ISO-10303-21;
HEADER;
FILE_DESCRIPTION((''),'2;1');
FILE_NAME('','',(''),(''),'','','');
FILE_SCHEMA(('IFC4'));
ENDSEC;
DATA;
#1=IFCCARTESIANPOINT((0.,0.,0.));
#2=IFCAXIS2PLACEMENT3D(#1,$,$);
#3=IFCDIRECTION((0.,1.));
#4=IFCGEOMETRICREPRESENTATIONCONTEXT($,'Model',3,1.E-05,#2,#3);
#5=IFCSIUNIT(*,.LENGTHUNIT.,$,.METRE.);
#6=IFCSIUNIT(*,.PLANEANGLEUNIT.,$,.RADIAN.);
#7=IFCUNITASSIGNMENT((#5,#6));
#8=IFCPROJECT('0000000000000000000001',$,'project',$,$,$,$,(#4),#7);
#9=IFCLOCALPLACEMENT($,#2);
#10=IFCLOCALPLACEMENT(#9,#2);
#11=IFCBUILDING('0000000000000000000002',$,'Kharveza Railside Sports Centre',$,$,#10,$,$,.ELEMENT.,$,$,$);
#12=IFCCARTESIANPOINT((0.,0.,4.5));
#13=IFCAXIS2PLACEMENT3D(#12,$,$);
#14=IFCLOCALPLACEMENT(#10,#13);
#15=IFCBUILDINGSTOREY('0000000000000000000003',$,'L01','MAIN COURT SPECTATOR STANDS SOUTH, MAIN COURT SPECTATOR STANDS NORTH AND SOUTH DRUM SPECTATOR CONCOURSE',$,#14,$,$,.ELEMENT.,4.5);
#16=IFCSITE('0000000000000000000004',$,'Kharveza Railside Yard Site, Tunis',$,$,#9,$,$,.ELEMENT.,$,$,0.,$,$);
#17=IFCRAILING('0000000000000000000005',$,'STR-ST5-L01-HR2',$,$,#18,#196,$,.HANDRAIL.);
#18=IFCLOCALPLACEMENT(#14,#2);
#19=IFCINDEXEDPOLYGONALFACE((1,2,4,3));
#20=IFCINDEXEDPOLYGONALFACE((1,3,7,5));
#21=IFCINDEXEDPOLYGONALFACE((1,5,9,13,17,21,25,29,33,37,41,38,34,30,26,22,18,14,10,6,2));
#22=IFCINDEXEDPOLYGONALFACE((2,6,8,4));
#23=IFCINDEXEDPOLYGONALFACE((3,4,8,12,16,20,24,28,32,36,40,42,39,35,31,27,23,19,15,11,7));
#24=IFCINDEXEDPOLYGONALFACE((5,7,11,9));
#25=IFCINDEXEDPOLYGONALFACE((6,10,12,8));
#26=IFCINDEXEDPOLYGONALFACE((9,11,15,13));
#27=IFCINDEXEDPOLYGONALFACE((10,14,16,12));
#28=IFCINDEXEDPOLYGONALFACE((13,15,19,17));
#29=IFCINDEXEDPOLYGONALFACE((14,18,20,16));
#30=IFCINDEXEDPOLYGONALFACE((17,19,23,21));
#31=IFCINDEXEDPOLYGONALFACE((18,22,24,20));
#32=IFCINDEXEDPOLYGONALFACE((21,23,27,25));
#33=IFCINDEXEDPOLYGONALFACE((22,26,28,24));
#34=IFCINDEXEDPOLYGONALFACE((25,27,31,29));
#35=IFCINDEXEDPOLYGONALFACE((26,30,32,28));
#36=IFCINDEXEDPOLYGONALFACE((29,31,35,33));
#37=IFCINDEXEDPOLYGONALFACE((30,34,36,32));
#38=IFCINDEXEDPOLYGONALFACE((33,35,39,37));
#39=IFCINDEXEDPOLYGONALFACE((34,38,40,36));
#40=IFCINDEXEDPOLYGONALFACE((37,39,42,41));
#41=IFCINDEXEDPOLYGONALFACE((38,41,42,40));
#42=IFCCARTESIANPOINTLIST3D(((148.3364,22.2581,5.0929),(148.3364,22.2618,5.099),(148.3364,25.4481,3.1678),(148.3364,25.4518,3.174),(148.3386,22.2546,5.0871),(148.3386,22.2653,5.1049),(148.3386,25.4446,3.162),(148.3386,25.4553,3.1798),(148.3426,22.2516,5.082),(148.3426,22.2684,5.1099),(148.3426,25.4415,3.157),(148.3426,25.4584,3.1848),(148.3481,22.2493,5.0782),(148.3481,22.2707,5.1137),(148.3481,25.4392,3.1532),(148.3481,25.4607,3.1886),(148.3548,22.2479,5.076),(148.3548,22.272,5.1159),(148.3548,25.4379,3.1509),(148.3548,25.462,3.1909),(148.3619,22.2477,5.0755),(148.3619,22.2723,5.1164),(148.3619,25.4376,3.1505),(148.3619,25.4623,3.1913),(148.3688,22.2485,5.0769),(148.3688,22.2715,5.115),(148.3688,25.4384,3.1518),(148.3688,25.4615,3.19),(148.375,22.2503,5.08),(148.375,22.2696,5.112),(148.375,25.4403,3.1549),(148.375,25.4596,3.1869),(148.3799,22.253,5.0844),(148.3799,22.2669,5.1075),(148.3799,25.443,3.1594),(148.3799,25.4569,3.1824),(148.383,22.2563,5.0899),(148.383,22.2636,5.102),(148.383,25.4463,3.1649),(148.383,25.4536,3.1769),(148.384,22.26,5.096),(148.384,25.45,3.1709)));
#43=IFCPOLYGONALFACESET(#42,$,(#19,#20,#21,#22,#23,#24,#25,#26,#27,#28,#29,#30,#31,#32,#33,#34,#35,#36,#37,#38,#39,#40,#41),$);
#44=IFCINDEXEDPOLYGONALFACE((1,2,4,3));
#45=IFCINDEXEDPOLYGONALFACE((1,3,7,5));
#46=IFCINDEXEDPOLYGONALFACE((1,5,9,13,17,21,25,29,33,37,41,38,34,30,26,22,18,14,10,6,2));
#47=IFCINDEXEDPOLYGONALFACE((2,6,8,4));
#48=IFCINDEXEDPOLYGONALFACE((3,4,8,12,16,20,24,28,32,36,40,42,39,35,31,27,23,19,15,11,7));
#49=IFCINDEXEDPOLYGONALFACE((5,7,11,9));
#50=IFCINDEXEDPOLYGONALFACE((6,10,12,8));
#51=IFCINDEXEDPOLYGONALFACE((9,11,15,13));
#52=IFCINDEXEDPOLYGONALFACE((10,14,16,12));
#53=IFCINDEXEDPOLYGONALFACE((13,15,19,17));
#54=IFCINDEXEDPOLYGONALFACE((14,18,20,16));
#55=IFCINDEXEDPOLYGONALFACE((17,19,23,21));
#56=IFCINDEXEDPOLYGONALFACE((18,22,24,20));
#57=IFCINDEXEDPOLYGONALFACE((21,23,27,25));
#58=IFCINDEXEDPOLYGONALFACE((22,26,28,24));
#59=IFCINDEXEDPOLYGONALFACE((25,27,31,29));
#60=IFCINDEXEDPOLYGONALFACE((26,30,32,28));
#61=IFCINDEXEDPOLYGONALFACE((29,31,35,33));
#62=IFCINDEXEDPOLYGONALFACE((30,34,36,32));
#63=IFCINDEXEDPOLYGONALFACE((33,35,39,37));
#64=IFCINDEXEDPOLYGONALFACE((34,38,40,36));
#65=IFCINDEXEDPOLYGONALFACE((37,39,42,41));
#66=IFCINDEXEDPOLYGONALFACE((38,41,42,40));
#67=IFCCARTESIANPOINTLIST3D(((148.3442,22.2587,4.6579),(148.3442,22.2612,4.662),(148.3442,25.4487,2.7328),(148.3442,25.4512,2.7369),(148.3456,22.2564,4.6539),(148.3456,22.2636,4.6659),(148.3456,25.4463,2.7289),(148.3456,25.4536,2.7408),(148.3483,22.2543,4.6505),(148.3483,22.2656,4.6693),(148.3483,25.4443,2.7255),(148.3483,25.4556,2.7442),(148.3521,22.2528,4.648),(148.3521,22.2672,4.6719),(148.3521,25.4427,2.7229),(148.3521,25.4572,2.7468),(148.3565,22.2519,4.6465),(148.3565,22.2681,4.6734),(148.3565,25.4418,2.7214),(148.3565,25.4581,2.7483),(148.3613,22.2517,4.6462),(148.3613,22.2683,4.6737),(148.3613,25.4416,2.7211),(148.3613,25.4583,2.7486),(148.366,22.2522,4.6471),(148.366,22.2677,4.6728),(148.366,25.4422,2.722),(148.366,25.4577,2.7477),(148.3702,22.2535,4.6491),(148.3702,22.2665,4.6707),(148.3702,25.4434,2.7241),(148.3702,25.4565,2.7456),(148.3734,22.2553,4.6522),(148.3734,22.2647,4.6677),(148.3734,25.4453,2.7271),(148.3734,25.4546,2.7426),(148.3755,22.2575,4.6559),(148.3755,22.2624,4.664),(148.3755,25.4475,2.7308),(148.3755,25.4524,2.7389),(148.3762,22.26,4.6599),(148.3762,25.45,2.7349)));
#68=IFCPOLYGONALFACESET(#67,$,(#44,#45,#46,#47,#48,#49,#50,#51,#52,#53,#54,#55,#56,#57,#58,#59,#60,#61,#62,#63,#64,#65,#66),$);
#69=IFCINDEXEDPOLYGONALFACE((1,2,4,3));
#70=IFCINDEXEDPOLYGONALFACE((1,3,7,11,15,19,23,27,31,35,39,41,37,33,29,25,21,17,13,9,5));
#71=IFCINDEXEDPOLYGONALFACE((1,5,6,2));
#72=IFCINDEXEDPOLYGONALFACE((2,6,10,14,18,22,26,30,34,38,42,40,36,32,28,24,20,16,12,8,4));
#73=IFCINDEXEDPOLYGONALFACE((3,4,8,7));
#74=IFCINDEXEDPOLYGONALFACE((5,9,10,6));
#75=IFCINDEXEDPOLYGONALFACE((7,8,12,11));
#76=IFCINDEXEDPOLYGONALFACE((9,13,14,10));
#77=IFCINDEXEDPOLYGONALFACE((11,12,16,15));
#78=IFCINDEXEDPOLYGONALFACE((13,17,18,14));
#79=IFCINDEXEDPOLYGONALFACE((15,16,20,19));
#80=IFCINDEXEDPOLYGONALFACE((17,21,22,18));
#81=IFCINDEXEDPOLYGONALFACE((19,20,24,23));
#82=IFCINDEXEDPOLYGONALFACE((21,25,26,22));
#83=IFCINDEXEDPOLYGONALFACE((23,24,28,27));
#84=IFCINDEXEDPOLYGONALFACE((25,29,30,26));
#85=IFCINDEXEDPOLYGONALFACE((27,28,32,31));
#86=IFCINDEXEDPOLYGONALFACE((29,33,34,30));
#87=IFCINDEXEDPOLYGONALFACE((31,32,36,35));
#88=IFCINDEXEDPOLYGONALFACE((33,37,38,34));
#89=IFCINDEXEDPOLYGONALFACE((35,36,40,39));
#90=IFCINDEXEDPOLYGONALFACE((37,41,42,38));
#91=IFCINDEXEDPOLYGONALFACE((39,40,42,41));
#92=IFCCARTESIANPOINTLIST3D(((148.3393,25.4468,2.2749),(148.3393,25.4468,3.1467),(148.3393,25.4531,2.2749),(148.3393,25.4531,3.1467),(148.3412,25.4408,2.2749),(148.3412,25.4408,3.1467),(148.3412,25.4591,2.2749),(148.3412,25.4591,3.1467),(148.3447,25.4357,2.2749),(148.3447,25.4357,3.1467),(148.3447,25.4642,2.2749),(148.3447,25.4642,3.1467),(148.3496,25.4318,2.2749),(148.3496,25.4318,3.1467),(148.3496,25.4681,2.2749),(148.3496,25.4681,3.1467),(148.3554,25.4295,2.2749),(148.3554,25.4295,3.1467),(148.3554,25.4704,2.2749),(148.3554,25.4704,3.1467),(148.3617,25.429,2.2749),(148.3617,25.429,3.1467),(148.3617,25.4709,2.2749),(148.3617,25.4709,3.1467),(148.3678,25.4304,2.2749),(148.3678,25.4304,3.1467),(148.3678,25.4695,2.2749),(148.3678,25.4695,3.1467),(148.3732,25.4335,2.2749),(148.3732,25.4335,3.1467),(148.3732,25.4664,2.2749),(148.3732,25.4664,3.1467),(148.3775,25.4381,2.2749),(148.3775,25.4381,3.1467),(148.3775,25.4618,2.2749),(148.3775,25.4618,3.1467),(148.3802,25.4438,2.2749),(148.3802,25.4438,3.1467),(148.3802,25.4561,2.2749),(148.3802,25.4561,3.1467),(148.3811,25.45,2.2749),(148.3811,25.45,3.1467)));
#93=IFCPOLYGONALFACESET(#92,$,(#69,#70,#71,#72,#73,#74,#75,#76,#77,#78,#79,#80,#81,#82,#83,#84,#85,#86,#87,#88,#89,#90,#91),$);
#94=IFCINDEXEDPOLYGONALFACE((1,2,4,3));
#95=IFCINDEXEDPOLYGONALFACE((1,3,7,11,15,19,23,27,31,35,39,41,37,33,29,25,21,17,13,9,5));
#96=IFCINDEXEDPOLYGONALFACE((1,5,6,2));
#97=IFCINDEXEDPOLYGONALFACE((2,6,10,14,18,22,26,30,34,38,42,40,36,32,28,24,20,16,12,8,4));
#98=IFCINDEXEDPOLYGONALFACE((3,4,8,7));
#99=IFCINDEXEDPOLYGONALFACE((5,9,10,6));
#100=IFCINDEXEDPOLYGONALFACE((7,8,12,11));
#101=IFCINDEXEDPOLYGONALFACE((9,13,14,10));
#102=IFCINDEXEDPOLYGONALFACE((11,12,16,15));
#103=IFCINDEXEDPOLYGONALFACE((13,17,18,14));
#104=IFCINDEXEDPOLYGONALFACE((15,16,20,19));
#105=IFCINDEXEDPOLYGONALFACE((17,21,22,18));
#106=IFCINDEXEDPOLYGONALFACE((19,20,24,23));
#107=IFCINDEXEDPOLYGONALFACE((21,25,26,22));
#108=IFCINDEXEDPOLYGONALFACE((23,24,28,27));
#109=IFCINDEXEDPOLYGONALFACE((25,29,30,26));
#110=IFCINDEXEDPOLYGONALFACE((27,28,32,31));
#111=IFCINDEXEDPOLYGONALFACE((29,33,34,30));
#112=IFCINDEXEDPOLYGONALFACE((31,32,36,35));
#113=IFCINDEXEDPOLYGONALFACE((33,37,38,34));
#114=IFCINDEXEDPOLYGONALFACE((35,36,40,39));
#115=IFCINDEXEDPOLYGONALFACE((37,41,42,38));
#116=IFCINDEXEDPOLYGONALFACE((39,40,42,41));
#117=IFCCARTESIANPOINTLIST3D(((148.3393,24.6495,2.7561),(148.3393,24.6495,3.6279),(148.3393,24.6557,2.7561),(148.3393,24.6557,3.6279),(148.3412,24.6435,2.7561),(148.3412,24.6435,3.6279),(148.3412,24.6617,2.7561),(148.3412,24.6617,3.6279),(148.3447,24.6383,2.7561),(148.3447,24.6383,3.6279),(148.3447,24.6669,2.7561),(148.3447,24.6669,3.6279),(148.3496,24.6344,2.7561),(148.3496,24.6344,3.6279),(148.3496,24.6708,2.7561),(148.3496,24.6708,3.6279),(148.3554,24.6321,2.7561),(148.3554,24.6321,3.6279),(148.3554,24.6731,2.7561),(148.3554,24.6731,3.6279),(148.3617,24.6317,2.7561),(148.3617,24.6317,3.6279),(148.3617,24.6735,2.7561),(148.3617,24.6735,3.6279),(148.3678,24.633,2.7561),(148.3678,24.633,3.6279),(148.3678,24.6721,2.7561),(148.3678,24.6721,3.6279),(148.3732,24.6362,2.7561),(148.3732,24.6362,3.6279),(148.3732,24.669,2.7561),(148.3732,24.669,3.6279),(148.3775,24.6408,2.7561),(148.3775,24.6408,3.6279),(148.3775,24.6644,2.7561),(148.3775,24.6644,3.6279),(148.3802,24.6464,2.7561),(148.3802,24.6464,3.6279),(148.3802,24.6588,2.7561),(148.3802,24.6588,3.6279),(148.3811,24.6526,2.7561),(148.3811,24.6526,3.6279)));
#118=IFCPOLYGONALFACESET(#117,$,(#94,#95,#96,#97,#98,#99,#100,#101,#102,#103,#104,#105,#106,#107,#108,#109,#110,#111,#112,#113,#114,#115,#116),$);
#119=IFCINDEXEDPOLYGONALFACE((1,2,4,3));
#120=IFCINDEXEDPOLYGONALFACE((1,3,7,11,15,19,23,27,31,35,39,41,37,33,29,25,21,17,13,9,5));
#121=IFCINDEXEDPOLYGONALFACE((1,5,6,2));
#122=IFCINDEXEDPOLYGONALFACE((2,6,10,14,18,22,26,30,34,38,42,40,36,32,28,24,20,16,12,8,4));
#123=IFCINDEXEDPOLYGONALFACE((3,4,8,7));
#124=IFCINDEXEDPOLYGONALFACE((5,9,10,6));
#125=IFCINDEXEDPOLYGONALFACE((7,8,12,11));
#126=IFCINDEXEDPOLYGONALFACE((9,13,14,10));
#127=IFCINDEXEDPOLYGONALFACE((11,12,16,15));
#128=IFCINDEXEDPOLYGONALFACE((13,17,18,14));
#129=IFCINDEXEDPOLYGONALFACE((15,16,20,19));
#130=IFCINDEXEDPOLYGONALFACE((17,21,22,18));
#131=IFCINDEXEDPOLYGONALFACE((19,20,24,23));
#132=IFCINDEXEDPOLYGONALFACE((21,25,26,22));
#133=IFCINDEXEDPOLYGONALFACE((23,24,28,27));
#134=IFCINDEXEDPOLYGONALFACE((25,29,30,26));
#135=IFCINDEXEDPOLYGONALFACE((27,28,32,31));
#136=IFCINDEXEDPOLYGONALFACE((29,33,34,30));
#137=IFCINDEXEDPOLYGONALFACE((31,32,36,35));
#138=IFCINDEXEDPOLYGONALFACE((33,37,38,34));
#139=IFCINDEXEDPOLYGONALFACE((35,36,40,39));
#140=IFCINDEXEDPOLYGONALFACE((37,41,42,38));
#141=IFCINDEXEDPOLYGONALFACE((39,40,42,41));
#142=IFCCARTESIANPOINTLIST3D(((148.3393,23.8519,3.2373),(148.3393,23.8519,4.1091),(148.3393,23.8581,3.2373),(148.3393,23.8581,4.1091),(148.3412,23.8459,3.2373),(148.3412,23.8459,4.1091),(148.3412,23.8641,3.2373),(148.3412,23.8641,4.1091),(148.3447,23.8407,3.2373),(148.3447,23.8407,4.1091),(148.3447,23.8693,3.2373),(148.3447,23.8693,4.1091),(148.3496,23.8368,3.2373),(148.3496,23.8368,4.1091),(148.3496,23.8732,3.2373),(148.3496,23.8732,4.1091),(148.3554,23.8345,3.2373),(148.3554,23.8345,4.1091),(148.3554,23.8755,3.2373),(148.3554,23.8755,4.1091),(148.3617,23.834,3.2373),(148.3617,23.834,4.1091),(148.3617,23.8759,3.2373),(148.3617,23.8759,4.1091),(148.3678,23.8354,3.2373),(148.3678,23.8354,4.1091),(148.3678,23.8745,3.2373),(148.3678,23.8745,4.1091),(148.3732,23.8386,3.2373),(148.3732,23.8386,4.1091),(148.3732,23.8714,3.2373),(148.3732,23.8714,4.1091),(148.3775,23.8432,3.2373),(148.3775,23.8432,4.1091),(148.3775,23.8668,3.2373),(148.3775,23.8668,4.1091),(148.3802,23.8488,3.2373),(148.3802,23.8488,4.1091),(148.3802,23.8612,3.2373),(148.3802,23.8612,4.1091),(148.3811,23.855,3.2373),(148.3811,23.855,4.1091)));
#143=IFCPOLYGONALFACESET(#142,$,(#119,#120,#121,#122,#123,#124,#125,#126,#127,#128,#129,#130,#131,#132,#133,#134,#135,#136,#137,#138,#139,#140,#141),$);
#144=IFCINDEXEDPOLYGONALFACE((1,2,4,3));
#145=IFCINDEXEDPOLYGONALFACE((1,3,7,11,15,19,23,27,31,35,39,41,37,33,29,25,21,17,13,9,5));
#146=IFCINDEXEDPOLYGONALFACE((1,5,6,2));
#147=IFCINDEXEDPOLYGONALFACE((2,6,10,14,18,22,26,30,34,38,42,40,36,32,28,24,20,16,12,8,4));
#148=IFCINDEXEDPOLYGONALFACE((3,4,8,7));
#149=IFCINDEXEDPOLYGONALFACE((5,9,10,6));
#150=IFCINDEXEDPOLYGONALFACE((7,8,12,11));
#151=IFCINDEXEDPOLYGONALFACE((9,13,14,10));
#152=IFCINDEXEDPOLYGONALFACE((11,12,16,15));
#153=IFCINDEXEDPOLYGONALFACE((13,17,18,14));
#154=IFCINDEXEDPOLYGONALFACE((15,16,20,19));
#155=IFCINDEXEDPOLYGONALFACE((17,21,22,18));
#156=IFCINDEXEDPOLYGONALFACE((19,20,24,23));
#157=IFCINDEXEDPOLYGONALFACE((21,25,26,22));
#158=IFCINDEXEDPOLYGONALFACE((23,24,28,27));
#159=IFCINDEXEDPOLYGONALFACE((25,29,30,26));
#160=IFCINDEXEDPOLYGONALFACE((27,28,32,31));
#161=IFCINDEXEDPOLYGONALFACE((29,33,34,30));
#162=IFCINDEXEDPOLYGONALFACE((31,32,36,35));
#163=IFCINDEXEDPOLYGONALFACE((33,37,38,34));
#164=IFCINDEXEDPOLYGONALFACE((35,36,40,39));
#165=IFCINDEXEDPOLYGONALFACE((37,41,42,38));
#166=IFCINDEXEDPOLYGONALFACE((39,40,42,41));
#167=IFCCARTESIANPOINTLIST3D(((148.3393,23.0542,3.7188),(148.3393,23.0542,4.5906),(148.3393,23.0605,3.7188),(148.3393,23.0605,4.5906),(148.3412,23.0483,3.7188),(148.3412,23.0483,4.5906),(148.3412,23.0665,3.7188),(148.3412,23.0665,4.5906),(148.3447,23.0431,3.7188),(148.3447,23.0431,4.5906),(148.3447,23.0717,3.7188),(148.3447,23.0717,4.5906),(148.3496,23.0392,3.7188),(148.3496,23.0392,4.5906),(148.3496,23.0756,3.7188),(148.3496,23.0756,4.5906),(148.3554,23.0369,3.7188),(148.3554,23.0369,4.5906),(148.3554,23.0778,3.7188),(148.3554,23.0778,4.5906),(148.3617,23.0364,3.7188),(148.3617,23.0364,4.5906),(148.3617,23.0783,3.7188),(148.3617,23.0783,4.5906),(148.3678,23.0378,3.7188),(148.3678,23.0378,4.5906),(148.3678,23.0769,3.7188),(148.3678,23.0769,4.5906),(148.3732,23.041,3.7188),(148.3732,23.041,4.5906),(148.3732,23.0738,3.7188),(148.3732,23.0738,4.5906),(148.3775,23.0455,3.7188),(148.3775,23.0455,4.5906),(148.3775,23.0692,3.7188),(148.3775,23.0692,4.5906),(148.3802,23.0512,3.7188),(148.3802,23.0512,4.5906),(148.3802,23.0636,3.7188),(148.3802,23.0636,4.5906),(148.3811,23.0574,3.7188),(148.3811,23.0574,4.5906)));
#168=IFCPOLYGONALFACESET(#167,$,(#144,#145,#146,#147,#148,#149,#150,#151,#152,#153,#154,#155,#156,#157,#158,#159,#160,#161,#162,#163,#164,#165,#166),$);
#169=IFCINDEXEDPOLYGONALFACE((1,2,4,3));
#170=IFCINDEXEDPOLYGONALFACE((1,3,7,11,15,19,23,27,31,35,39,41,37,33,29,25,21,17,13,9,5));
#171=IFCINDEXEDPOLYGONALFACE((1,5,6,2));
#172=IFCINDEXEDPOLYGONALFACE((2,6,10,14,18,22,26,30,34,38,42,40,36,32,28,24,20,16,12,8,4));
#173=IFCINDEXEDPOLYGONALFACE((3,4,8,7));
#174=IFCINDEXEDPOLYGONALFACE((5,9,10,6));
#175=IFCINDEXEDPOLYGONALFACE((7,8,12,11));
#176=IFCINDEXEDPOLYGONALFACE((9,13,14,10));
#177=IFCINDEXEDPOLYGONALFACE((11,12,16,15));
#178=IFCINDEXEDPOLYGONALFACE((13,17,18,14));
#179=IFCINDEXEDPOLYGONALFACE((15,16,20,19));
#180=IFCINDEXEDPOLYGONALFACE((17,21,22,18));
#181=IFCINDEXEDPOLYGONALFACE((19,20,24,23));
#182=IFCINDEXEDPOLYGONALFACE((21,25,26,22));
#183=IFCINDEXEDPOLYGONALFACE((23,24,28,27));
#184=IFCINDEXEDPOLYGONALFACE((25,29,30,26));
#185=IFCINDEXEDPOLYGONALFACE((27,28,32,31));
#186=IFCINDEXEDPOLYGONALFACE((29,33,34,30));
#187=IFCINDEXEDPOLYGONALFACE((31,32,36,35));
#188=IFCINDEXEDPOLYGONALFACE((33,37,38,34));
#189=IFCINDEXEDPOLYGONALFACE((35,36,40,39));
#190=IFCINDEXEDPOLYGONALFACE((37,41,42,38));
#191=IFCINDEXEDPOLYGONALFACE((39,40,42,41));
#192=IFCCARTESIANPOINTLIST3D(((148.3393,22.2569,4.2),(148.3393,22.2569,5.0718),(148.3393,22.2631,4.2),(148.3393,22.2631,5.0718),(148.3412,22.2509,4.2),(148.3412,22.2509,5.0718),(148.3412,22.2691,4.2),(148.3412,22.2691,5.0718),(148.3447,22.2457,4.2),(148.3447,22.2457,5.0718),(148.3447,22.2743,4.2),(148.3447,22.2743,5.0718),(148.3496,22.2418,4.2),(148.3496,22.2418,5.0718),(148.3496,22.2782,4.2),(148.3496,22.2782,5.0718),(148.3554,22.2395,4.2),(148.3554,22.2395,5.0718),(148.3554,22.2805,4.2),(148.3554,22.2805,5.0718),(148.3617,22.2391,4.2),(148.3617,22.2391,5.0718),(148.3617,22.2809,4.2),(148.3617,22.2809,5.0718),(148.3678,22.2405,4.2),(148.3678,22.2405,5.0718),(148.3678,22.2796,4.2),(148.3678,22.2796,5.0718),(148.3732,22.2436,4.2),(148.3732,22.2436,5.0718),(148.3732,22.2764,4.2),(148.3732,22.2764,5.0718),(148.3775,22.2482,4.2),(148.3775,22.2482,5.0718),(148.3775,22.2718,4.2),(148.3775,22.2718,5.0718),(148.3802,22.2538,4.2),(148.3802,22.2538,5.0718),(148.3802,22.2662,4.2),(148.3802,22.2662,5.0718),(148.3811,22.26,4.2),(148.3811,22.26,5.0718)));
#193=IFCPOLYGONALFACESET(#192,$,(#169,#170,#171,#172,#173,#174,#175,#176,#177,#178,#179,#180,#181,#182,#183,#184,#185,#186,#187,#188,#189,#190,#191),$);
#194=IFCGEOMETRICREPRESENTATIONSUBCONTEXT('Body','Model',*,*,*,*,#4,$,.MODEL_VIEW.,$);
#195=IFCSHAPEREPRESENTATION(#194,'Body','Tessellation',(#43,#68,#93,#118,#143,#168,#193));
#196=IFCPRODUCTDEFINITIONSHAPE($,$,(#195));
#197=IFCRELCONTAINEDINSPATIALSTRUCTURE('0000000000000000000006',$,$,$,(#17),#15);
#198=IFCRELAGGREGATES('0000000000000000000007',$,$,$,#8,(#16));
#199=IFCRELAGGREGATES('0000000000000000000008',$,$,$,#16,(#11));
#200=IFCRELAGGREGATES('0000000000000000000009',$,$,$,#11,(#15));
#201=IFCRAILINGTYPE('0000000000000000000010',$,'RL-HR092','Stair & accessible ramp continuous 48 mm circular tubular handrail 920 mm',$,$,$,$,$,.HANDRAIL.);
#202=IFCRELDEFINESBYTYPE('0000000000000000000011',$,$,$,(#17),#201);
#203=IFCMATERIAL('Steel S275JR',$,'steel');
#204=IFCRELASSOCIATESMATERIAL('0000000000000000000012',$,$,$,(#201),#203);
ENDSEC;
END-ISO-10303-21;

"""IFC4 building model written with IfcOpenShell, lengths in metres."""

from ifc_helpers import new_model, si_unit, direction, frame, origin, origin_2d, place, context, subcontext, project, spatial, circle, extrude, material, type_object, element, save


model = new_model("IFC4")

# Units and contexts
model_context = context("Model", 3, precision=1e-05, world=origin(), true_north=direction((0.0, 1.0)))
body_context = subcontext(model_context, "Body", "Model", "MODEL_VIEW")
ifc_project = project(units=[si_unit("LENGTHUNIT", "METRE"), si_unit("PLANEANGLEUNIT", "RADIAN")], contexts=[model_context])

# Site, building, storey
site_placement = place(None, origin())
site = spatial("IfcSite", under=ifc_project, at=site_placement, Name="Kharveza Railside Yard Site, Tunis", CompositionType="ELEMENT", RefElevation=0.0)
building_placement = place(site_placement, origin())
building = spatial("IfcBuilding", under=site, at=building_placement, Name="Kharveza Railside Sports Centre", CompositionType="ELEMENT")
storey_placement = place(building_placement, frame((0.0, 0.0, 4.5)))
storey = spatial("IfcBuildingStorey", under=building, at=storey_placement, Name="L01", Description="MAIN COURT SPECTATOR STANDS SOUTH, MAIN COURT SPECTATOR STANDS NORTH AND SOUTH DRUM SPECTATOR CONCOURSE", CompositionType="ELEMENT", Elevation=4.5)

# Railing
ifc_material_1 = material(Name="Steel S275JR", Category="steel")
railing_type_1 = type_object("IfcRailingType", Name="RL-HR092", Description="Stair & accessible ramp continuous 48 mm circular tubular handrail 920 mm", PredefinedType="HANDRAIL", material=ifc_material_1)
railing_1_placement = place(storey_placement, frame((148.3601, 25.45, 2.2749)))
element("IfcRailing", 1, at=railing_1_placement, inside=storey, type_object=railing_type_1, Name="STR-ST5-L01-HR2", PredefinedType="HANDRAIL", context=body_context, shape_type="SweptSolid", body=[
    extrude(circle(Radius=0.0239, at=origin_2d()), frame((0.0, 0.0, 0.896), z_axis=(0.0, -0.856178, 0.516682), x_axis=(1.0, 0.0, 0.0)), (0.0, 0.0, 1.0), 3.7258),
    extrude(circle(Radius=0.0161, at=origin_2d()), frame((0.0, 0.0, 0.46), z_axis=(0.0, -0.856178, 0.516682), x_axis=(1.0, 0.0, 0.0)), (0.0, 0.0, 1.0), 3.7258),
    extrude(circle(Radius=0.021, at=origin_2d()), origin(), (0.0, 0.0, 1.0), 0.8718),
    extrude(circle(Radius=0.021, at=origin_2d()), frame((0.0, -0.7974, 0.4812)), (0.0, 0.0, 1.0), 0.8718),
    extrude(circle(Radius=0.021, at=origin_2d()), frame((0.0, -1.595, 0.9624)), (0.0, 0.0, 1.0), 0.8718),
    extrude(circle(Radius=0.021, at=origin_2d()), frame((0.0, -2.3926, 1.4438)), (0.0, 0.0, 1.0), 0.8718),
    extrude(circle(Radius=0.021, at=origin_2d()), frame((0.0, -3.1899, 1.925)), (0.0, 0.0, 1.0), 0.8718),
])

save(model, "model.ifc")
